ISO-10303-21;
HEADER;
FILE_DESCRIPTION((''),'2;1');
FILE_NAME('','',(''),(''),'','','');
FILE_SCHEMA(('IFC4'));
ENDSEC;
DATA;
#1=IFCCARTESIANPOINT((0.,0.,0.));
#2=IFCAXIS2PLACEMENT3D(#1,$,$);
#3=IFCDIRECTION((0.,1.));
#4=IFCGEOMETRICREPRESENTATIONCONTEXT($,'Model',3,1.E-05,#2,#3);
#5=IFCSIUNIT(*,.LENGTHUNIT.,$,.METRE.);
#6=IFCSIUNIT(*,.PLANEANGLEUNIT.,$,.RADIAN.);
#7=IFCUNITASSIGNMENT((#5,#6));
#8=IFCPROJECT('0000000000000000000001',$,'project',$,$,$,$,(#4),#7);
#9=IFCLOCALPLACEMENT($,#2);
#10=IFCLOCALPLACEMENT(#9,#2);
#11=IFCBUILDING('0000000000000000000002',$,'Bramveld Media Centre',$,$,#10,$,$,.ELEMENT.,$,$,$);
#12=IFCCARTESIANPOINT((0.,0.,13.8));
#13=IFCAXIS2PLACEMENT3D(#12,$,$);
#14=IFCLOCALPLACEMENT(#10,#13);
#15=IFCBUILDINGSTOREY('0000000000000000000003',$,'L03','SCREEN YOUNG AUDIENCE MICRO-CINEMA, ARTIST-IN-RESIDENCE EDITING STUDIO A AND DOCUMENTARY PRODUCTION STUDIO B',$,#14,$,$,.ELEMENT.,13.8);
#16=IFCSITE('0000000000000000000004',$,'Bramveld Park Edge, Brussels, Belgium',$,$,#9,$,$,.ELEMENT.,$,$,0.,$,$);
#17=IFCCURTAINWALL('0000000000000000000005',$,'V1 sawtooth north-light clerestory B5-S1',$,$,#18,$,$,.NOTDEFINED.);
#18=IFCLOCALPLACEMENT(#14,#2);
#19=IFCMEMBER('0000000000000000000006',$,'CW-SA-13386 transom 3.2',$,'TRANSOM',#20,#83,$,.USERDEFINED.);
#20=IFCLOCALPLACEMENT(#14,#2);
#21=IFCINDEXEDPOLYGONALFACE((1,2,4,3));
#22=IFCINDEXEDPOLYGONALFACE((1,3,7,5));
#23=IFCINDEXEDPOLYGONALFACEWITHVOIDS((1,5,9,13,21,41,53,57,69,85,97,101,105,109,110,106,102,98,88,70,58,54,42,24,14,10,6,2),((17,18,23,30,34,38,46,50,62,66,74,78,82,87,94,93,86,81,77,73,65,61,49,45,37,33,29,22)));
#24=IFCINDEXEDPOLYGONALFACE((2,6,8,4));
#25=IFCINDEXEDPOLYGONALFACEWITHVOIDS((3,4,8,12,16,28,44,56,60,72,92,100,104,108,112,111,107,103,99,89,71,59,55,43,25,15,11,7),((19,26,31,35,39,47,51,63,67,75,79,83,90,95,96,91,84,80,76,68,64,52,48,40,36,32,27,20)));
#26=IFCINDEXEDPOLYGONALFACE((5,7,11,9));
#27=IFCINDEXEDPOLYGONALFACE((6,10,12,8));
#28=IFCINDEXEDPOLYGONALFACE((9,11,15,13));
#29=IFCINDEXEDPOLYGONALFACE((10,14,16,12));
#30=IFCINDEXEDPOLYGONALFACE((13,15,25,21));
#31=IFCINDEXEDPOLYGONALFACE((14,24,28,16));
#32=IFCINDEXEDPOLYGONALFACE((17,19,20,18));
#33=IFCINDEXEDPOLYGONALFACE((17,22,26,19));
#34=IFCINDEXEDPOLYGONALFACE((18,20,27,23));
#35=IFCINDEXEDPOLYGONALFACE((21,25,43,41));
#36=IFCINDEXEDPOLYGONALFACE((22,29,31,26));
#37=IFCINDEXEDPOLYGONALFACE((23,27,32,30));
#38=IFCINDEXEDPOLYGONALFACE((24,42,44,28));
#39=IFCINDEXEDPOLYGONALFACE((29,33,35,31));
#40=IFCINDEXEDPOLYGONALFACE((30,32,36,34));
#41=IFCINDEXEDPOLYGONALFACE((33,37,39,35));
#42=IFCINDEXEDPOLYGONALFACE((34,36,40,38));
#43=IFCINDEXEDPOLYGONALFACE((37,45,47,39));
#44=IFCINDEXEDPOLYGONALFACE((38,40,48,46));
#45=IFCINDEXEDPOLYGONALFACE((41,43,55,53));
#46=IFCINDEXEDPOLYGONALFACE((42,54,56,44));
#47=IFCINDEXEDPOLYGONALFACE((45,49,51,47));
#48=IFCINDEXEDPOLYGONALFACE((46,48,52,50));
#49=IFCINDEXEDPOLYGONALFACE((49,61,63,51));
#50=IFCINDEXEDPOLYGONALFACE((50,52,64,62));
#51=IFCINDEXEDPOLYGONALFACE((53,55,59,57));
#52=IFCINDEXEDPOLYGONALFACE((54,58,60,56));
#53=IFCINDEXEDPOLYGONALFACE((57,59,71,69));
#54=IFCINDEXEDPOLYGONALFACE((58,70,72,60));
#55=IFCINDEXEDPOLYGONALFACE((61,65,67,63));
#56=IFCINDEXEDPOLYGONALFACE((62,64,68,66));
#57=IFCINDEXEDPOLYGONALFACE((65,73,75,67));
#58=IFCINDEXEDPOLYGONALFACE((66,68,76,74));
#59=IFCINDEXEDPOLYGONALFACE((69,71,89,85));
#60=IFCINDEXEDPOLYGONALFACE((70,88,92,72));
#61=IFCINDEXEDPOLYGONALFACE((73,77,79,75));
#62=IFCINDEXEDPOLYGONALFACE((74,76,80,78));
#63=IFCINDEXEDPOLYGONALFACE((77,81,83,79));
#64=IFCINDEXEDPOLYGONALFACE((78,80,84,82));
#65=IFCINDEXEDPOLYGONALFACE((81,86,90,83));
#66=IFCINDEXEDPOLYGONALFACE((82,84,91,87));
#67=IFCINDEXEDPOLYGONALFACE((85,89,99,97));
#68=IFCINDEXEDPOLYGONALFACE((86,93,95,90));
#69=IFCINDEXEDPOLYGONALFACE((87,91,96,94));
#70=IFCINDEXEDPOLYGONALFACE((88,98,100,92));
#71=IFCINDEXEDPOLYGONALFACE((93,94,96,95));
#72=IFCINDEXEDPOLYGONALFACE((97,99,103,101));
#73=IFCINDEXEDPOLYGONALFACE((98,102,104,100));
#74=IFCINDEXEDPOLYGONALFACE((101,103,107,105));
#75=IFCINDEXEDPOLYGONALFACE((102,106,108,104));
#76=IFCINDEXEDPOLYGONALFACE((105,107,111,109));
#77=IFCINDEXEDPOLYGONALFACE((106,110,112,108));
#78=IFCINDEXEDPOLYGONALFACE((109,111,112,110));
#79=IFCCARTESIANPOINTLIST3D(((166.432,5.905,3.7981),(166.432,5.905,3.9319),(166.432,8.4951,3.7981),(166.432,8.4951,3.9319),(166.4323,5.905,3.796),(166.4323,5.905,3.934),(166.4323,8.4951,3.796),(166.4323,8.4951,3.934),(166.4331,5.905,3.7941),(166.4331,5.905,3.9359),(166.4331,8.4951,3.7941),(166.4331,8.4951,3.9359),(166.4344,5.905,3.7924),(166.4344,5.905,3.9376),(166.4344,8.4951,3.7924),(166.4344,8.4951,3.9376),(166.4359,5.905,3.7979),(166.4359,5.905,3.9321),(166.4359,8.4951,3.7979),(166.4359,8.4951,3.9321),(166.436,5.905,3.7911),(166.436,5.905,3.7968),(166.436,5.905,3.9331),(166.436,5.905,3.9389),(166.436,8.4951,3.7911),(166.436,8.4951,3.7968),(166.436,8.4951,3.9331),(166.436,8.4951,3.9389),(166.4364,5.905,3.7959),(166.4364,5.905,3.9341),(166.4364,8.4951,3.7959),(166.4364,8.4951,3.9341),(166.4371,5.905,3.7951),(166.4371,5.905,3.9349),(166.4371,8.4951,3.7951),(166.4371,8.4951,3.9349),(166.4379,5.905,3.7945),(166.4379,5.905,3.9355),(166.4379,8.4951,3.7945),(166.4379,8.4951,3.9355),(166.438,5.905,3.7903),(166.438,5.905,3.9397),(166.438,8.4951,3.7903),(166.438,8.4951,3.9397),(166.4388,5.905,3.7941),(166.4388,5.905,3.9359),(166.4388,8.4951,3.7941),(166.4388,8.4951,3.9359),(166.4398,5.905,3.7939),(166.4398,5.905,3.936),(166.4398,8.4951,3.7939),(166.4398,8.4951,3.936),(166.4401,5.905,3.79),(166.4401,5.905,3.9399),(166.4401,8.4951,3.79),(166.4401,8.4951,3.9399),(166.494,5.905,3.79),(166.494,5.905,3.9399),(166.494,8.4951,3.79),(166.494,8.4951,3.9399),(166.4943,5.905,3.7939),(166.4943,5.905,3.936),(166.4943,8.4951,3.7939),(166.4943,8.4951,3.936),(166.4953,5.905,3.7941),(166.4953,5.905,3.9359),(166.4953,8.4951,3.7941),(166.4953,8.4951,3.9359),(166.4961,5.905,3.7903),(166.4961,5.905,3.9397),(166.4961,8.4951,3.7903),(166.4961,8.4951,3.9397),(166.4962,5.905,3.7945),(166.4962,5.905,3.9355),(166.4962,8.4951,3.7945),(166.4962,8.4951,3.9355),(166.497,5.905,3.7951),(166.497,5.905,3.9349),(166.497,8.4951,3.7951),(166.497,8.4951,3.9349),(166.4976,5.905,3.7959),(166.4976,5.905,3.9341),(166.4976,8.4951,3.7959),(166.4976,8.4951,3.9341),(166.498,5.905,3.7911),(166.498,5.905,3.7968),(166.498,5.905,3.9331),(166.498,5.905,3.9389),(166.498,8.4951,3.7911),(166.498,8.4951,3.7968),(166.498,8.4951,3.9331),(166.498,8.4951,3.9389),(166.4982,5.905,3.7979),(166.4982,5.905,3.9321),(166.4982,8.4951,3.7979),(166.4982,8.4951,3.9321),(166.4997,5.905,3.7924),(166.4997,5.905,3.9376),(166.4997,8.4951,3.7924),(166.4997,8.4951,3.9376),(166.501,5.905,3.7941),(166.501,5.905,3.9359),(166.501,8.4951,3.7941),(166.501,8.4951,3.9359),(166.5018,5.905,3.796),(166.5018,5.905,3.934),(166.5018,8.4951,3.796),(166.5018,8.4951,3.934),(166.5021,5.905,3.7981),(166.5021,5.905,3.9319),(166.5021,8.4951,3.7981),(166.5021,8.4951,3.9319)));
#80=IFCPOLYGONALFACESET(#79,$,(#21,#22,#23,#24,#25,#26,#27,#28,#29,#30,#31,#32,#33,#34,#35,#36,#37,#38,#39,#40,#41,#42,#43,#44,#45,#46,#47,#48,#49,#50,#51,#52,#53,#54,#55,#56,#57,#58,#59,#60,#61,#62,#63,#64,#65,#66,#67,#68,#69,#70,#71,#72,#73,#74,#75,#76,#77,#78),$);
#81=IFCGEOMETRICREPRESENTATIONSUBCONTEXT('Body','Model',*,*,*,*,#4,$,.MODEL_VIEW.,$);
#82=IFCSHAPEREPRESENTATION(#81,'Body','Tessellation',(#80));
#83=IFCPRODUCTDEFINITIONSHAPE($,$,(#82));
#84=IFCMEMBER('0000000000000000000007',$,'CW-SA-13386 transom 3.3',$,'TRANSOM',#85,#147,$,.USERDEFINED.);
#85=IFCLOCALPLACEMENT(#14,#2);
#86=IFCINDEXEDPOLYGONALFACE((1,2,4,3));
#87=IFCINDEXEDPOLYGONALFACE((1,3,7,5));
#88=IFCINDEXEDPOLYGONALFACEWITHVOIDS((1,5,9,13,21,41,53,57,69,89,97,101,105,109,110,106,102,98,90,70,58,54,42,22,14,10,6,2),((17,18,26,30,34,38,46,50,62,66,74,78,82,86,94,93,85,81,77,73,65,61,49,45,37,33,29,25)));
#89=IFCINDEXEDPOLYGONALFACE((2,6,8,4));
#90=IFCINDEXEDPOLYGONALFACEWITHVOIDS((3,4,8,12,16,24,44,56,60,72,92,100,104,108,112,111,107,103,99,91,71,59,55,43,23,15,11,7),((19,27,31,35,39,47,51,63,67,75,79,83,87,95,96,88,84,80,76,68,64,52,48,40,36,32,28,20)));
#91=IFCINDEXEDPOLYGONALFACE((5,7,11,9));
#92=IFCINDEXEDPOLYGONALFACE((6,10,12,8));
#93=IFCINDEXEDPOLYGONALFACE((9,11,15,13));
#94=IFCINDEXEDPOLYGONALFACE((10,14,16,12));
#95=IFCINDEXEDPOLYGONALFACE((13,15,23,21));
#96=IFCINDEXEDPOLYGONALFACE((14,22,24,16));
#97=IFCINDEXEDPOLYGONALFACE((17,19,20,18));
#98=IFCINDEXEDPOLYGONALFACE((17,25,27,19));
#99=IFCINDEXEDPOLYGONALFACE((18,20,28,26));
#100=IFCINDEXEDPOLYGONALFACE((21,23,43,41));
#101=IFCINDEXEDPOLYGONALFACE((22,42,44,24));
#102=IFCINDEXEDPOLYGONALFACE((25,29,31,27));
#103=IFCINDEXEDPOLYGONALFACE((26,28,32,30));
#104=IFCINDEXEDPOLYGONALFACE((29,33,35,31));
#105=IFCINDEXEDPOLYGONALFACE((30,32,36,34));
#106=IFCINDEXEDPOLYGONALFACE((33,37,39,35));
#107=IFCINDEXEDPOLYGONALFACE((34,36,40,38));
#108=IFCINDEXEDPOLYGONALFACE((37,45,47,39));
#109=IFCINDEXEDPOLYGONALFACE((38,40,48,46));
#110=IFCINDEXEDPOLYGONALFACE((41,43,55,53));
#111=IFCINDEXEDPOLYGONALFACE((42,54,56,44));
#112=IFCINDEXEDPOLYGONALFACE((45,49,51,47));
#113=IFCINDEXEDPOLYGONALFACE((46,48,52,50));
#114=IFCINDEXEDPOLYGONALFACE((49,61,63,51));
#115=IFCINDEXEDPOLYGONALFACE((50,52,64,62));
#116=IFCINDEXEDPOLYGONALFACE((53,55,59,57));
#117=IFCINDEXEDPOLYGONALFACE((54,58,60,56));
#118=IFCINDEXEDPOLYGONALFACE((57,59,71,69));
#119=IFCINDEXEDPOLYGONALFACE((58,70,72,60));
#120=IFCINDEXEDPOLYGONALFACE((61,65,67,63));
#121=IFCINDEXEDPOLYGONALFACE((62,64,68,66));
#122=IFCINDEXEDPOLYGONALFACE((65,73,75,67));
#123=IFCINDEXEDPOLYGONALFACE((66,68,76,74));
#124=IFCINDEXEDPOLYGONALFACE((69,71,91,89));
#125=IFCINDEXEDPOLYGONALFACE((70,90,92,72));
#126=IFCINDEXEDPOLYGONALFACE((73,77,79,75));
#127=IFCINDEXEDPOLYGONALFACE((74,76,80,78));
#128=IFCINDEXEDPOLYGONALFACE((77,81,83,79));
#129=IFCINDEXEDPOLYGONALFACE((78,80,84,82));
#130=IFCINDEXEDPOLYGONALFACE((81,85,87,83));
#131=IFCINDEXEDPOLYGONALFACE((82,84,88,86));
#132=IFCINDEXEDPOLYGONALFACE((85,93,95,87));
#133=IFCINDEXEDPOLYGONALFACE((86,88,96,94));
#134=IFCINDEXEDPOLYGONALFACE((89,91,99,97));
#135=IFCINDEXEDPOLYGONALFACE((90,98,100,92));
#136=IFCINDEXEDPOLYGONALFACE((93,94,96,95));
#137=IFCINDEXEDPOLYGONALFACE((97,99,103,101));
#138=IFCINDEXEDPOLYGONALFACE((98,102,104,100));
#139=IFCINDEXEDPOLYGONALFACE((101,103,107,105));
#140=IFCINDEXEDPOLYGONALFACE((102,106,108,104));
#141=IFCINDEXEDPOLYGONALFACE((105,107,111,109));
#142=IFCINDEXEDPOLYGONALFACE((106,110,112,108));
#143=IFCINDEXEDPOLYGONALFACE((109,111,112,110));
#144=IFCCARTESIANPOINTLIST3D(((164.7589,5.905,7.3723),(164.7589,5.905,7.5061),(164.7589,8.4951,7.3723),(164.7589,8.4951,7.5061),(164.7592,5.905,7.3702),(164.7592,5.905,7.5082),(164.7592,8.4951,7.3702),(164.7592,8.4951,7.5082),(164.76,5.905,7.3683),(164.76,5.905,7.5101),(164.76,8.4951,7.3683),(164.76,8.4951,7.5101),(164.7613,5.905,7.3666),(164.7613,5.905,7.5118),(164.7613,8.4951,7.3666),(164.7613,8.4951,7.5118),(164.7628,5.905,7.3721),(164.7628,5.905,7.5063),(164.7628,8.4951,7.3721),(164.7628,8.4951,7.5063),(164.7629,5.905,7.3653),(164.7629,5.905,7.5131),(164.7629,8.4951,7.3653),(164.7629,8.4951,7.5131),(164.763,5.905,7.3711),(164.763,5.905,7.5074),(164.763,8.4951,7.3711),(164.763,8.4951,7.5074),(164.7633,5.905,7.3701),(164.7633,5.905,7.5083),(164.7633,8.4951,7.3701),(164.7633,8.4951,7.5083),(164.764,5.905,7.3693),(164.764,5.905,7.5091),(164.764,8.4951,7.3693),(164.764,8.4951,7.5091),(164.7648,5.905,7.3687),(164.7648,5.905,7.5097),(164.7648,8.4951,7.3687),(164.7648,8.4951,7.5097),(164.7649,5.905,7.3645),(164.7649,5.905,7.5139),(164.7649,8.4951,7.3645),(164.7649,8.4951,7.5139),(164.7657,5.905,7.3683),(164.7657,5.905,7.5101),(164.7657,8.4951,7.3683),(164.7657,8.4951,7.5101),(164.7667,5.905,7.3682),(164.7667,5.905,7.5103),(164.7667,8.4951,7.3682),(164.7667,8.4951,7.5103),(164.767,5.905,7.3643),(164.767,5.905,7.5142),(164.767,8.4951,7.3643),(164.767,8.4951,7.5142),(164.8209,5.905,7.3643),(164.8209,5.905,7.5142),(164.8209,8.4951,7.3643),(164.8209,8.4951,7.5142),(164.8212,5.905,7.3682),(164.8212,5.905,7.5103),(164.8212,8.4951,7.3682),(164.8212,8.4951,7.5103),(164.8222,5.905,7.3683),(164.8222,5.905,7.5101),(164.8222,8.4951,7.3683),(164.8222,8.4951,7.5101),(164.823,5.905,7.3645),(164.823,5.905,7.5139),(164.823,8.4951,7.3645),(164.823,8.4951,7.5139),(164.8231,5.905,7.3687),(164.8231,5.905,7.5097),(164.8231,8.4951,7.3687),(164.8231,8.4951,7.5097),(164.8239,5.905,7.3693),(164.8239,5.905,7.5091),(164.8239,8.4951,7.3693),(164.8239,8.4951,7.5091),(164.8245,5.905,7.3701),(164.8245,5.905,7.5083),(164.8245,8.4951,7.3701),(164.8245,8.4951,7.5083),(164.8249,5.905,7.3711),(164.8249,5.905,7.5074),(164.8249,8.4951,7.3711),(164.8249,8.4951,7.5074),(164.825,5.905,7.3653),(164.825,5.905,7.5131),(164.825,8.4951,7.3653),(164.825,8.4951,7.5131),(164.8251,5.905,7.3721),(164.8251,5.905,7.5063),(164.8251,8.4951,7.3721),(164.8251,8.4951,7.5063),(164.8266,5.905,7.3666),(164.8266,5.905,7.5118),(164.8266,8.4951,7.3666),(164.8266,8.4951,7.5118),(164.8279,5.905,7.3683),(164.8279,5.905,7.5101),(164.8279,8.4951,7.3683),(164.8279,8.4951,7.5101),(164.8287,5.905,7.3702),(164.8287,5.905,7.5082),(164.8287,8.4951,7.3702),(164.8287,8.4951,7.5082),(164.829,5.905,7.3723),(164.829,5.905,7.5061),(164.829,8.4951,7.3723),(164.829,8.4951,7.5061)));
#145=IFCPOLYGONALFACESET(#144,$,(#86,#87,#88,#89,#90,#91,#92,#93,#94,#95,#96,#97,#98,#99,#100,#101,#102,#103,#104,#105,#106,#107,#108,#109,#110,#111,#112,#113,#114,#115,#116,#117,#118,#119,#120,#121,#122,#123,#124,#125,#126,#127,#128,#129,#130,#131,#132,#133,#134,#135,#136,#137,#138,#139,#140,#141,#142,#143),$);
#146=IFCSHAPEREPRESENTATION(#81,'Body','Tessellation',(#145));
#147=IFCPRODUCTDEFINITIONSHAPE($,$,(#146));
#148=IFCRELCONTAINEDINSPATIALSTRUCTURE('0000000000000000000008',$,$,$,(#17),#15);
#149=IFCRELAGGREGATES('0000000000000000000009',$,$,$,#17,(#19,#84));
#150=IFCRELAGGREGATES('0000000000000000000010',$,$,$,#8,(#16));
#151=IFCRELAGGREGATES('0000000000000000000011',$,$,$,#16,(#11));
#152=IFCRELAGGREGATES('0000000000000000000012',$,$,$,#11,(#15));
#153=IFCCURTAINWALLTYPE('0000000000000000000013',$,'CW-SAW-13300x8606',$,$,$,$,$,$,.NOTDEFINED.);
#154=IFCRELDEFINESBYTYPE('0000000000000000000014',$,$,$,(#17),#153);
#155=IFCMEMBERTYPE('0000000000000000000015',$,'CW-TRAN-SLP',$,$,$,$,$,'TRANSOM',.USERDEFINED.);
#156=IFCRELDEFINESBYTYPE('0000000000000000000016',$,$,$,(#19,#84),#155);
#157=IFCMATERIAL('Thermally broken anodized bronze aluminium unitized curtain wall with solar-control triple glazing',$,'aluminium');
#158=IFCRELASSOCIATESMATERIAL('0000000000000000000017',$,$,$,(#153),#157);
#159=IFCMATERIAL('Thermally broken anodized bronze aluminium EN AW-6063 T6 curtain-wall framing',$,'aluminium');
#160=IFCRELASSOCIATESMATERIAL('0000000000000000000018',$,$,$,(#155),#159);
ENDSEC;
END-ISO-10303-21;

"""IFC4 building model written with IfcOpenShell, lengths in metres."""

from ifc_helpers import new_model, si_unit, direction, frame, origin, origin_2d, place, context, subcontext, project, spatial, hollow_rectangle, extrude, material, material_profile, profile_set, type_object, element, aggregate, save


model = new_model("IFC4")

# Units and contexts
model_context = context("Model", 3, precision=1e-05, world=origin(), true_north=direction((0.0, 1.0)))
body_context = subcontext(model_context, "Body", "Model", "MODEL_VIEW")
ifc_project = project(units=[si_unit("LENGTHUNIT", "METRE"), si_unit("PLANEANGLEUNIT", "RADIAN")], contexts=[model_context])

# Site, building, storey
site_placement = place(None, origin())
site = spatial("IfcSite", under=ifc_project, at=site_placement, Name="Bramveld Park Edge, Brussels, Belgium", CompositionType="ELEMENT", RefElevation=0.0)
building_placement = place(site_placement, origin())
building = spatial("IfcBuilding", under=site, at=building_placement, Name="Bramveld Media Centre", CompositionType="ELEMENT")
storey_placement = place(building_placement, frame((0.0, 0.0, 13.8)))
storey = spatial("IfcBuildingStorey", under=building, at=storey_placement, Name="L03", Description="SCREEN YOUNG AUDIENCE MICRO-CINEMA, ARTIST-IN-RESIDENCE EDITING STUDIO A AND DOCUMENTARY PRODUCTION STUDIO B", CompositionType="ELEMENT", Elevation=13.8)

# Curtain wall, members
ifc_material_1 = material(Name="Thermally broken anodized bronze aluminium unitized curtain wall with solar-control triple glazing", Category="aluminium")
curtain_wall_type = type_object("IfcCurtainWallType", Name="CW-SAW-13300x8606", PredefinedType="NOTDEFINED", material=ifc_material_1)
curtain_wall_placement = place(storey_placement, origin())
curtain_wall = element("IfcCurtainWall", 1, at=curtain_wall_placement, inside=storey, type_object=curtain_wall_type, Name="V1 sawtooth north-light clerestory B5-S1", PredefinedType="NOTDEFINED")
ifc_material_2 = material(Name="Thermally broken anodized bronze aluminium EN AW-6063 T6 curtain-wall framing", Category="aluminium")
ifc_material_profile_1 = material_profile(ifc_material_2, hollow_rectangle(XDim=0.0701, YDim=0.1499, WallThickness=0.0039, InnerFilletRadius=0.0039, OuterFilletRadius=0.0081, at=origin_2d()), Name="AL-TRAN 70x150")
ifc_profile_set_1 = profile_set([ifc_material_profile_1], Name="Thermally broken anodized bronze aluminium EN AW-6063 T6 curtain-wall framing")
member_type_1 = type_object("IfcMemberType", Name="CW-TRAN-SLP", ElementType="TRANSOM", PredefinedType="USERDEFINED", material=ifc_profile_set_1)
member_1_placement = place(storey_placement, frame((166.467, 5.905, 3.865), z_axis=(0.0, 1.0, 0.0), x_axis=(-1.0, 0.0, 0.0)))
member_1 = element("IfcMember", 2, at=member_1_placement, type_object=member_type_1, Name="CW-SA-13386 transom 3.2", ObjectType="TRANSOM", PredefinedType="USERDEFINED", context=body_context, shape_type="SweptSolid", body=[
    extrude(hollow_rectangle(XDim=0.0701, YDim=0.1499, WallThickness=0.0039, InnerFilletRadius=0.0039, OuterFilletRadius=0.0081, at=origin_2d()), origin(), (0.0, 0.0, 1.0), 2.5901),
])
member_2_placement = place(storey_placement, frame((164.7939, 5.905, 7.4392), z_axis=(0.0, 1.0, 0.0), x_axis=(-1.0, 0.0, 0.0)))
member_2 = element("IfcMember", 3, at=member_2_placement, type_object=member_type_1, Name="CW-SA-13386 transom 3.3", ObjectType="TRANSOM", PredefinedType="USERDEFINED", context=body_context, shape_type="SweptSolid", body=[
    extrude(hollow_rectangle(XDim=0.0701, YDim=0.1499, WallThickness=0.0039, InnerFilletRadius=0.0039, OuterFilletRadius=0.0081, at=origin_2d()), origin(), (0.0, 0.0, 1.0), 2.5901),
])
aggregate(curtain_wall, [member_1, member_2])

save(model, "model.ifc")
